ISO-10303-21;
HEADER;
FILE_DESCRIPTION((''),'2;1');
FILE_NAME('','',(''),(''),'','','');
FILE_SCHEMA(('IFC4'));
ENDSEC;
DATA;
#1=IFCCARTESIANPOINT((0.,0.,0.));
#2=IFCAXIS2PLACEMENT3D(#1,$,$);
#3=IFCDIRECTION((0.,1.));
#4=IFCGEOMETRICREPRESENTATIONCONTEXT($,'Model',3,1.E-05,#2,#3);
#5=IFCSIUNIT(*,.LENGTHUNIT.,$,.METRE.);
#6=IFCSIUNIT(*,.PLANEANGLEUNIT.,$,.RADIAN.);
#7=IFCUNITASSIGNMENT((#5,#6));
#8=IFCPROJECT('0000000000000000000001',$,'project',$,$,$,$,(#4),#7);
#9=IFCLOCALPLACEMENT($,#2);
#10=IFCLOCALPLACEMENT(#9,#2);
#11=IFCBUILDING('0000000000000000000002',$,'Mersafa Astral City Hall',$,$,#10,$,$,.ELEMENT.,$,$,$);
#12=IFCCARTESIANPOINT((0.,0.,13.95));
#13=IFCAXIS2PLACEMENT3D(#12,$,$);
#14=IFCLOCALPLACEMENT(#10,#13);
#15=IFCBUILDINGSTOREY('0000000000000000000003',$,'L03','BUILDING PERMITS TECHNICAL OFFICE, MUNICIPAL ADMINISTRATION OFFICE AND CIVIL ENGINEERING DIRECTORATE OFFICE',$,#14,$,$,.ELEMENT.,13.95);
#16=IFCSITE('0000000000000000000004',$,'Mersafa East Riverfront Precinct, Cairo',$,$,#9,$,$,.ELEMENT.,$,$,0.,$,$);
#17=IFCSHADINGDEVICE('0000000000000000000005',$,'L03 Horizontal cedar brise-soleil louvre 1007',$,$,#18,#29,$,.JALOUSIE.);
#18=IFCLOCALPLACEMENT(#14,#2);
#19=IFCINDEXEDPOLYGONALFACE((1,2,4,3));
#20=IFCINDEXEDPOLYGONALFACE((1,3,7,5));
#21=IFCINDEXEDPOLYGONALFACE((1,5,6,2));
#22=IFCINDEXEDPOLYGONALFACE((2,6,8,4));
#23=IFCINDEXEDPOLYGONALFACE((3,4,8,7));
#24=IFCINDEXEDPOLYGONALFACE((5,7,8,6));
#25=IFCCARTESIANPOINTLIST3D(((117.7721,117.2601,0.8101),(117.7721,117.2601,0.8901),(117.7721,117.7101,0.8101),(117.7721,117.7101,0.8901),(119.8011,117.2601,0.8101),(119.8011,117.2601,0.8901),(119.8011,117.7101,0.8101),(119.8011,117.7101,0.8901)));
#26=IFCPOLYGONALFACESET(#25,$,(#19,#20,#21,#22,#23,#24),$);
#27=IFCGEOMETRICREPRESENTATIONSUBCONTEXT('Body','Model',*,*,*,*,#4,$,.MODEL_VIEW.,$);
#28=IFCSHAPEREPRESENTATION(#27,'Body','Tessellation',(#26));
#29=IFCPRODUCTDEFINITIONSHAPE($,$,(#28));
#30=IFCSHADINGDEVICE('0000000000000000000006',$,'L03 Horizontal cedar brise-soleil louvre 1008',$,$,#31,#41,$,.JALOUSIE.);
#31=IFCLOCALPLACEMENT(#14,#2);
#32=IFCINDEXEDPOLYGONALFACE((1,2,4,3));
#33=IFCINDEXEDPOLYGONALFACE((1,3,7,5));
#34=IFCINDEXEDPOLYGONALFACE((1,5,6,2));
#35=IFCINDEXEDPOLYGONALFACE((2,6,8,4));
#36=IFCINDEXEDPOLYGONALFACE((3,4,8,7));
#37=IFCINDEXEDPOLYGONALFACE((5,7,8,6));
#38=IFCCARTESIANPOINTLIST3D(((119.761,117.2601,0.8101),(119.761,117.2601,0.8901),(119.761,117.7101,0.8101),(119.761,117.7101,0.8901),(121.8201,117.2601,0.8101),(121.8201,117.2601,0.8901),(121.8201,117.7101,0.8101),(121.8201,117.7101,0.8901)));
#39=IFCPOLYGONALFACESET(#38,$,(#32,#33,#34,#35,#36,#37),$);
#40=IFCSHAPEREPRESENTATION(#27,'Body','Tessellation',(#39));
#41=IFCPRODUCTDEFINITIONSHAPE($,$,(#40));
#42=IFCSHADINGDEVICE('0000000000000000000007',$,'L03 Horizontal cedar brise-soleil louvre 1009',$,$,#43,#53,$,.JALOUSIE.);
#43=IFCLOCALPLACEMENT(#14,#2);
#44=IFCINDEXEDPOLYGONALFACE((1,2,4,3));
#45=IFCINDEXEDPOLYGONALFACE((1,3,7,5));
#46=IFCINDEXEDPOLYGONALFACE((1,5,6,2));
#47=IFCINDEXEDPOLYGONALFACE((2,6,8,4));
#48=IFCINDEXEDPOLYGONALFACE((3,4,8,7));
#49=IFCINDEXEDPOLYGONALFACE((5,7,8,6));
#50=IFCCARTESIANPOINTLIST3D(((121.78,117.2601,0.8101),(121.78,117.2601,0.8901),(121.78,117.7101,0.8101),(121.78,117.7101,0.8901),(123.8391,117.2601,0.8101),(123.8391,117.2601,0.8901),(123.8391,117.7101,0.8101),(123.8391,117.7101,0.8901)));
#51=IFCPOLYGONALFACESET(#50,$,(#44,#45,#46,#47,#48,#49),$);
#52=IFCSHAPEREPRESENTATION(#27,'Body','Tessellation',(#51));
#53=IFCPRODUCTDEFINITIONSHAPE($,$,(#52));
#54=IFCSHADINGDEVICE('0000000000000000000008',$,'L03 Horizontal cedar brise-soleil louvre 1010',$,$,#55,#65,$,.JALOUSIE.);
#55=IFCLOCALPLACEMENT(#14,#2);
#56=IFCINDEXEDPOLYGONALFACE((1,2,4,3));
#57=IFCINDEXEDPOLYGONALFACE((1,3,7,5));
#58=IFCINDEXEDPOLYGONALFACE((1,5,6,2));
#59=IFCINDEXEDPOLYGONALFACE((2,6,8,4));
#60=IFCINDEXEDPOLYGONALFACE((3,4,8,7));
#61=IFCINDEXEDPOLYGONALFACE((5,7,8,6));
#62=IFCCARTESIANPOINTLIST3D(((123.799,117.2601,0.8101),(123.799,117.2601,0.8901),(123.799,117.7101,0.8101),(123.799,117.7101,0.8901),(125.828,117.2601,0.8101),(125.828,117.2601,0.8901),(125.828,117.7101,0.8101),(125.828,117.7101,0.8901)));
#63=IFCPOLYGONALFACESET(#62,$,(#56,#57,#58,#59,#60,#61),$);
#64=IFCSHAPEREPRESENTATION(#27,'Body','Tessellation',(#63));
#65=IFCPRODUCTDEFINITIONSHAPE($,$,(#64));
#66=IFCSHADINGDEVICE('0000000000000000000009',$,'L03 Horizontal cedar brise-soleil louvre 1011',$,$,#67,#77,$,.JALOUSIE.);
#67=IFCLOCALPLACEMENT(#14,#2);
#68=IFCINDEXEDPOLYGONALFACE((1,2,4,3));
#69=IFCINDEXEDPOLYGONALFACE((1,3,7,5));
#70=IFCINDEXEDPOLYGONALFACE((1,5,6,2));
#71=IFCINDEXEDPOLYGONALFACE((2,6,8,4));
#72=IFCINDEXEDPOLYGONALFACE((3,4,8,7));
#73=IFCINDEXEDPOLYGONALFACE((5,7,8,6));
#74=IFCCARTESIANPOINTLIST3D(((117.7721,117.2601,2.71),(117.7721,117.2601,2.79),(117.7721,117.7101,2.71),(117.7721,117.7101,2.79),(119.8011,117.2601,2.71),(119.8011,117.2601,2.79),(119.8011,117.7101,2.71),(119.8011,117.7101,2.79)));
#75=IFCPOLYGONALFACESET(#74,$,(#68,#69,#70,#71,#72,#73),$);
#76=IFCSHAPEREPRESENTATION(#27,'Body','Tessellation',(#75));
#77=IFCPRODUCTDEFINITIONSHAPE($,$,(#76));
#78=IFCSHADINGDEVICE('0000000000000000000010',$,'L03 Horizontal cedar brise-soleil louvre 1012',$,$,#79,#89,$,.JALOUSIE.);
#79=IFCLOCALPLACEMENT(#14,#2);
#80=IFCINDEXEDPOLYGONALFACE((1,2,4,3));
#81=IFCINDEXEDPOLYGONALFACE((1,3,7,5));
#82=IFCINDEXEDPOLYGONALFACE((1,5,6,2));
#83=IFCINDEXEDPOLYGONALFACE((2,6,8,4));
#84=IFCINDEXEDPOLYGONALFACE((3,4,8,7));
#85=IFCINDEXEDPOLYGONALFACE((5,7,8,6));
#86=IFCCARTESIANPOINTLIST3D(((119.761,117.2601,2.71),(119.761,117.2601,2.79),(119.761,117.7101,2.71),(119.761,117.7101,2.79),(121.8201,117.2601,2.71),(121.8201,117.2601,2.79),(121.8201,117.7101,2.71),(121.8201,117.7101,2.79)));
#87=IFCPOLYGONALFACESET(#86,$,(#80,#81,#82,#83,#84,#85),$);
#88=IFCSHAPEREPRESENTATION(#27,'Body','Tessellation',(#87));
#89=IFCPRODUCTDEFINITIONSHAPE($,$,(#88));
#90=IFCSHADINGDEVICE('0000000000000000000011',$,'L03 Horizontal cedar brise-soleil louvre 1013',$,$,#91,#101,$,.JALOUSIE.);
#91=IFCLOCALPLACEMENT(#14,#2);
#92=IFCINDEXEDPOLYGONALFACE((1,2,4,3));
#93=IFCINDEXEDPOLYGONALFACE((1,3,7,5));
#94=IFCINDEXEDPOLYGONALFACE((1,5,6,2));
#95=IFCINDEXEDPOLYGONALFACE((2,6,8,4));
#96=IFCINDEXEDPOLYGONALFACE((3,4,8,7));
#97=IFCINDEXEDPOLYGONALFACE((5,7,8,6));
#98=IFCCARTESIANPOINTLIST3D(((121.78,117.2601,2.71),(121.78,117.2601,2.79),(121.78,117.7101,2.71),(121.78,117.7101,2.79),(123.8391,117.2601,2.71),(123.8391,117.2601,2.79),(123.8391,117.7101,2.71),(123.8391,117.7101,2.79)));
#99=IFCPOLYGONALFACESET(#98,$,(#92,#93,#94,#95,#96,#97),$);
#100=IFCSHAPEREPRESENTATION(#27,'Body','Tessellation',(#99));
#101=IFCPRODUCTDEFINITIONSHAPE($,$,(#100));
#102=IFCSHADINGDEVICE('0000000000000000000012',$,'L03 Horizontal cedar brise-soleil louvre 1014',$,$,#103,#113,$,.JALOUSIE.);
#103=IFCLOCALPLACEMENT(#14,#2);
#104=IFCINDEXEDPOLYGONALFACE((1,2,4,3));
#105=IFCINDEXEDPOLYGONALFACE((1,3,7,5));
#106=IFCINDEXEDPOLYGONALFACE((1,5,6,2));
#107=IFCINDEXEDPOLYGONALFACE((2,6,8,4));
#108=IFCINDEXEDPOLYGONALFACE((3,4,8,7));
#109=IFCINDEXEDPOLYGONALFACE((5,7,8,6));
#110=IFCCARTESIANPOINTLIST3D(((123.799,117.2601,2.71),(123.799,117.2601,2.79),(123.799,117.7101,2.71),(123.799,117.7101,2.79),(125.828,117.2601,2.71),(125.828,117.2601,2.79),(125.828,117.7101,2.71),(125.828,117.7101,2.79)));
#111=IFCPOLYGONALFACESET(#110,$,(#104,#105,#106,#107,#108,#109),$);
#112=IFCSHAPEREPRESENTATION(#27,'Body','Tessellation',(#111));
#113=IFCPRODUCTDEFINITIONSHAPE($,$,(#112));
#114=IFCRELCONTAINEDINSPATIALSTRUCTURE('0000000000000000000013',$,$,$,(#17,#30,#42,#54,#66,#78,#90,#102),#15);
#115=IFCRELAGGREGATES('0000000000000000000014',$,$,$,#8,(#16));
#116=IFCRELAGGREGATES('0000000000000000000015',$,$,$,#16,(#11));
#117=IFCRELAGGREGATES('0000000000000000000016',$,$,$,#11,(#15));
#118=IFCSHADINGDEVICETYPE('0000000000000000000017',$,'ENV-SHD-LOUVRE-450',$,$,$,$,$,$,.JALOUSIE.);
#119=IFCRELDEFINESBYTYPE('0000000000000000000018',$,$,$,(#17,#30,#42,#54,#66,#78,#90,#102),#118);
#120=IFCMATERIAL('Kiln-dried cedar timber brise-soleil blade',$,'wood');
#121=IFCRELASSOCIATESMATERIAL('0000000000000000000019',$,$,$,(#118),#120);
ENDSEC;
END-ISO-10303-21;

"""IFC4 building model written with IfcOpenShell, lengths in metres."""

from ifc_helpers import new_model, si_unit, direction, frame, origin, origin_2d, place, context, subcontext, project, spatial, rectangle, extrude, material, type_object, element, save


model = new_model("IFC4")

# Units and contexts
model_context = context("Model", 3, precision=1e-05, world=origin(), true_north=direction((0.0, 1.0)))
body_context = subcontext(model_context, "Body", "Model", "MODEL_VIEW")
ifc_project = project(units=[si_unit("LENGTHUNIT", "METRE"), si_unit("PLANEANGLEUNIT", "RADIAN")], contexts=[model_context])

# Site, building, storey
site_placement = place(None, origin())
site = spatial("IfcSite", under=ifc_project, at=site_placement, Name="Mersafa East Riverfront Precinct, Cairo", CompositionType="ELEMENT", RefElevation=0.0)
building_placement = place(site_placement, origin())
building = spatial("IfcBuilding", under=site, at=building_placement, Name="Mersafa Astral City Hall", CompositionType="ELEMENT")
storey_placement = place(building_placement, frame((0.0, 0.0, 13.95)))
storey = spatial("IfcBuildingStorey", under=building, at=storey_placement, Name="L03", Description="BUILDING PERMITS TECHNICAL OFFICE, MUNICIPAL ADMINISTRATION OFFICE AND CIVIL ENGINEERING DIRECTORATE OFFICE", CompositionType="ELEMENT", Elevation=13.95)

# Shading devices
ifc_material_1 = material(Name="Kiln-dried cedar timber brise-soleil blade", Category="wood")
shading_device_type_1 = type_object("IfcShadingDeviceType", Name="ENV-SHD-LOUVRE-450", PredefinedType="JALOUSIE", material=ifc_material_1)
shading_device_1_placement = place(storey_placement, frame((118.7866, 117.4851, 0.8101), z_axis=(0.0, 0.0, 1.0), x_axis=(1.0, 0.0, 0.0)))
element("IfcShadingDevice", 1, at=shading_device_1_placement, inside=storey, type_object=shading_device_type_1, Name="L03 Horizontal cedar brise-soleil louvre 1007", PredefinedType="JALOUSIE", context=body_context, shape_type="SweptSolid", body=[
    extrude(rectangle(XDim=2.0291, YDim=0.45, at=origin_2d()), origin(), (0.0, 0.0, 1.0), 0.0801),
])
for number, where, z_axis, x_axis, name in (
    (2, (120.7905, 117.4851, 0.8101), (0.0, 0.0, 1.0), (1.0, 0.0, 0.0), "L03 Horizontal cedar brise-soleil louvre 1008"),
    (3, (122.8096, 117.4851, 0.8101), (0.0, 0.0, 1.0), (1.0, 0.0, 0.0), "L03 Horizontal cedar brise-soleil louvre 1009"),
):
    element("IfcShadingDevice", number, at=place(storey_placement, frame(where, z_axis=z_axis, x_axis=x_axis)), inside=storey, type_object=shading_device_type_1, Name=name, PredefinedType="JALOUSIE", context=body_context, shape_type="SweptSolid", body=[
        extrude(rectangle(XDim=2.0591, YDim=0.45, at=origin_2d()), origin(), (0.0, 0.0, 1.0), 0.0801),
    ])
for number, where, z_axis, x_axis, name in (
    (4, (124.8135, 117.4851, 0.8101), (0.0, 0.0, 1.0), (1.0, 0.0, 0.0), "L03 Horizontal cedar brise-soleil louvre 1010"),
    (5, (118.7866, 117.4851, 2.71), (0.0, 0.0, 1.0), (1.0, 0.0, 0.0), "L03 Horizontal cedar brise-soleil louvre 1011"),
):
    element("IfcShadingDevice", number, at=place(storey_placement, frame(where, z_axis=z_axis, x_axis=x_axis)), inside=storey, type_object=shading_device_type_1, Name=name, PredefinedType="JALOUSIE", context=body_context, shape_type="SweptSolid", body=[
        extrude(rectangle(XDim=2.0291, YDim=0.45, at=origin_2d()), origin(), (0.0, 0.0, 1.0), 0.0801),
    ])
for number, where, z_axis, x_axis, name in (
    (6, (120.7905, 117.4851, 2.71), (0.0, 0.0, 1.0), (1.0, 0.0, 0.0), "L03 Horizontal cedar brise-soleil louvre 1012"),
    (7, (122.8096, 117.4851, 2.71), (0.0, 0.0, 1.0), (1.0, 0.0, 0.0), "L03 Horizontal cedar brise-soleil louvre 1013"),
):
    element("IfcShadingDevice", number, at=place(storey_placement, frame(where, z_axis=z_axis, x_axis=x_axis)), inside=storey, type_object=shading_device_type_1, Name=name, PredefinedType="JALOUSIE", context=body_context, shape_type="SweptSolid", body=[
        extrude(rectangle(XDim=2.0591, YDim=0.45, at=origin_2d()), origin(), (0.0, 0.0, 1.0), 0.0801),
    ])
shading_device_2_placement = place(storey_placement, frame((124.8135, 117.4851, 2.71), z_axis=(0.0, 0.0, 1.0), x_axis=(1.0, 0.0, 0.0)))
element("IfcShadingDevice", 8, at=shading_device_2_placement, inside=storey, type_object=shading_device_type_1, Name="L03 Horizontal cedar brise-soleil louvre 1014", PredefinedType="JALOUSIE", context=body_context, shape_type="SweptSolid", body=[
    extrude(rectangle(XDim=2.0291, YDim=0.45, at=origin_2d()), origin(), (0.0, 0.0, 1.0), 0.0801),
])

save(model, "model.ifc")
